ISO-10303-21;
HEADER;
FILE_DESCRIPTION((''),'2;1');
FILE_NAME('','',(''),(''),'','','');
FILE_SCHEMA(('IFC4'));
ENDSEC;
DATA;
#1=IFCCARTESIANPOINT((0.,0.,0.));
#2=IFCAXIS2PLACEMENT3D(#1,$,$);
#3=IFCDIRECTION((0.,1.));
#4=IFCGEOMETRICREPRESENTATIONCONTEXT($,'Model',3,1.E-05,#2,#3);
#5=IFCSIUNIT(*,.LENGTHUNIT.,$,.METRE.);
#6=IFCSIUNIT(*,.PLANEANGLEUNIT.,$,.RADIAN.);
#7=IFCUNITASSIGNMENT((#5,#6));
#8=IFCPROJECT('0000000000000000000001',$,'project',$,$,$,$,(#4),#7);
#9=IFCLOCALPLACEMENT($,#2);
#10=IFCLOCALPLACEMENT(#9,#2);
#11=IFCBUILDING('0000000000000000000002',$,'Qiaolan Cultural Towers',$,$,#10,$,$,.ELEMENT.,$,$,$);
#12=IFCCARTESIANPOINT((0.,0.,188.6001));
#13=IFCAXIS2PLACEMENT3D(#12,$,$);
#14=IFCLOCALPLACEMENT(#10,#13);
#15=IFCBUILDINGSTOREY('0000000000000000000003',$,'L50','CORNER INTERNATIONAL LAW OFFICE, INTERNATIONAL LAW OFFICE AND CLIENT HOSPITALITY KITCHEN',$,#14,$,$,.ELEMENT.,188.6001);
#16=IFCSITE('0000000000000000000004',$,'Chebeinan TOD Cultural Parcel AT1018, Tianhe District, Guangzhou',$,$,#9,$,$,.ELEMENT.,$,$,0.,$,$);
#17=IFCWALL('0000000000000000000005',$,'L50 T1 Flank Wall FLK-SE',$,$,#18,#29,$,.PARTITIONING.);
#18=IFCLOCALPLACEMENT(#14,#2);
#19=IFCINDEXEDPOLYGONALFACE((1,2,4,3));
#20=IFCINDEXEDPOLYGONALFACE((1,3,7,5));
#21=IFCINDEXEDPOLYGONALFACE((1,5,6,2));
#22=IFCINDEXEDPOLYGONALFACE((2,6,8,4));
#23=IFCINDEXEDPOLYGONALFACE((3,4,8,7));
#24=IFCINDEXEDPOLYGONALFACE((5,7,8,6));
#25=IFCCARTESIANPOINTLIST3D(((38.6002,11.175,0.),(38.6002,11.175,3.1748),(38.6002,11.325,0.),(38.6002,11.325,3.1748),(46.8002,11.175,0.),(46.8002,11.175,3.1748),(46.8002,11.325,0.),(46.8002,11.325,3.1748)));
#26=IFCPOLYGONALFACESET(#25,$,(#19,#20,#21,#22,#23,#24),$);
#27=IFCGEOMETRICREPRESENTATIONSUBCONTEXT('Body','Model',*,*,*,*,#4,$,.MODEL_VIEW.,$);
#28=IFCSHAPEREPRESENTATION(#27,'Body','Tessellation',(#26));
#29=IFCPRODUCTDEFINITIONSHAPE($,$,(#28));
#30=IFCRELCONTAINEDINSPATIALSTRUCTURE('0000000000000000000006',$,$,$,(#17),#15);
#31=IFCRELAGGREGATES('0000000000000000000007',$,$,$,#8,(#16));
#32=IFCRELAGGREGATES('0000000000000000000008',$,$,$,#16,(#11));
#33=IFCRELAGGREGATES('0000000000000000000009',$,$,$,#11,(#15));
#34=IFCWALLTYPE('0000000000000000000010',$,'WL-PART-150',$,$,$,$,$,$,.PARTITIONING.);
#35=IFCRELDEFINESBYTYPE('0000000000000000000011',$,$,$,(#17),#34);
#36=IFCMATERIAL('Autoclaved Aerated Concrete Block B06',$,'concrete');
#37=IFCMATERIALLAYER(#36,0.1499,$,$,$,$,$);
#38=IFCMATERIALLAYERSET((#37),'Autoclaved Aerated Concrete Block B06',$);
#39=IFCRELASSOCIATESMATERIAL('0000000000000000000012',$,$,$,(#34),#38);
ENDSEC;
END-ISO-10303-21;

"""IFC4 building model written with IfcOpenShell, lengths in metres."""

from ifc_helpers import new_model, si_unit, direction, frame, frame_2d, origin, place, context, subcontext, project, spatial, rectangle, extrude, material, layer, layer_set, type_object, element, save


model = new_model("IFC4")

# Units and contexts
model_context = context("Model", 3, precision=1e-05, world=origin(), true_north=direction((0.0, 1.0)))
body_context = subcontext(model_context, "Body", "Model", "MODEL_VIEW")
ifc_project = project(units=[si_unit("LENGTHUNIT", "METRE"), si_unit("PLANEANGLEUNIT", "RADIAN")], contexts=[model_context])

# Site, building, storey
site_placement = place(None, origin())
site = spatial("IfcSite", under=ifc_project, at=site_placement, Name="Chebeinan TOD Cultural Parcel AT1018, Tianhe District, Guangzhou", CompositionType="ELEMENT", RefElevation=0.0)
building_placement = place(site_placement, origin())
building = spatial("IfcBuilding", under=site, at=building_placement, Name="Qiaolan Cultural Towers", CompositionType="ELEMENT")
storey_placement = place(building_placement, frame((0.0, 0.0, 188.6001)))
storey = spatial("IfcBuildingStorey", under=building, at=storey_placement, Name="L50", Description="CORNER INTERNATIONAL LAW OFFICE, INTERNATIONAL LAW OFFICE AND CLIENT HOSPITALITY KITCHEN", CompositionType="ELEMENT", Elevation=188.6001)

# Wall
ifc_material_1 = material(Name="Autoclaved Aerated Concrete Block B06", Category="concrete")
ifc_layer_1 = layer(ifc_material_1, 0.1499)
ifc_layer_set_1 = layer_set([ifc_layer_1], Name="Autoclaved Aerated Concrete Block B06")
wall_type = type_object("IfcWallType", Name="WL-PART-150", PredefinedType="PARTITIONING", material=ifc_layer_set_1)
wall_placement = place(storey_placement, frame((38.6001, 11.25, 0.0), z_axis=(0.0, 0.0, 1.0), x_axis=(1.0, 0.0, 0.0)))
element("IfcWall", 1, at=wall_placement, inside=storey, type_object=wall_type, Name="L50 T1 Flank Wall FLK-SE", PredefinedType="PARTITIONING", context=body_context, shape_type="SweptSolid", body=[
    extrude(rectangle(XDim=8.2, YDim=0.1499, at=frame_2d((4.1001, 0.0))), origin(), (0.0, 0.0, 1.0), 3.1748),
])

save(model, "model.ifc")
